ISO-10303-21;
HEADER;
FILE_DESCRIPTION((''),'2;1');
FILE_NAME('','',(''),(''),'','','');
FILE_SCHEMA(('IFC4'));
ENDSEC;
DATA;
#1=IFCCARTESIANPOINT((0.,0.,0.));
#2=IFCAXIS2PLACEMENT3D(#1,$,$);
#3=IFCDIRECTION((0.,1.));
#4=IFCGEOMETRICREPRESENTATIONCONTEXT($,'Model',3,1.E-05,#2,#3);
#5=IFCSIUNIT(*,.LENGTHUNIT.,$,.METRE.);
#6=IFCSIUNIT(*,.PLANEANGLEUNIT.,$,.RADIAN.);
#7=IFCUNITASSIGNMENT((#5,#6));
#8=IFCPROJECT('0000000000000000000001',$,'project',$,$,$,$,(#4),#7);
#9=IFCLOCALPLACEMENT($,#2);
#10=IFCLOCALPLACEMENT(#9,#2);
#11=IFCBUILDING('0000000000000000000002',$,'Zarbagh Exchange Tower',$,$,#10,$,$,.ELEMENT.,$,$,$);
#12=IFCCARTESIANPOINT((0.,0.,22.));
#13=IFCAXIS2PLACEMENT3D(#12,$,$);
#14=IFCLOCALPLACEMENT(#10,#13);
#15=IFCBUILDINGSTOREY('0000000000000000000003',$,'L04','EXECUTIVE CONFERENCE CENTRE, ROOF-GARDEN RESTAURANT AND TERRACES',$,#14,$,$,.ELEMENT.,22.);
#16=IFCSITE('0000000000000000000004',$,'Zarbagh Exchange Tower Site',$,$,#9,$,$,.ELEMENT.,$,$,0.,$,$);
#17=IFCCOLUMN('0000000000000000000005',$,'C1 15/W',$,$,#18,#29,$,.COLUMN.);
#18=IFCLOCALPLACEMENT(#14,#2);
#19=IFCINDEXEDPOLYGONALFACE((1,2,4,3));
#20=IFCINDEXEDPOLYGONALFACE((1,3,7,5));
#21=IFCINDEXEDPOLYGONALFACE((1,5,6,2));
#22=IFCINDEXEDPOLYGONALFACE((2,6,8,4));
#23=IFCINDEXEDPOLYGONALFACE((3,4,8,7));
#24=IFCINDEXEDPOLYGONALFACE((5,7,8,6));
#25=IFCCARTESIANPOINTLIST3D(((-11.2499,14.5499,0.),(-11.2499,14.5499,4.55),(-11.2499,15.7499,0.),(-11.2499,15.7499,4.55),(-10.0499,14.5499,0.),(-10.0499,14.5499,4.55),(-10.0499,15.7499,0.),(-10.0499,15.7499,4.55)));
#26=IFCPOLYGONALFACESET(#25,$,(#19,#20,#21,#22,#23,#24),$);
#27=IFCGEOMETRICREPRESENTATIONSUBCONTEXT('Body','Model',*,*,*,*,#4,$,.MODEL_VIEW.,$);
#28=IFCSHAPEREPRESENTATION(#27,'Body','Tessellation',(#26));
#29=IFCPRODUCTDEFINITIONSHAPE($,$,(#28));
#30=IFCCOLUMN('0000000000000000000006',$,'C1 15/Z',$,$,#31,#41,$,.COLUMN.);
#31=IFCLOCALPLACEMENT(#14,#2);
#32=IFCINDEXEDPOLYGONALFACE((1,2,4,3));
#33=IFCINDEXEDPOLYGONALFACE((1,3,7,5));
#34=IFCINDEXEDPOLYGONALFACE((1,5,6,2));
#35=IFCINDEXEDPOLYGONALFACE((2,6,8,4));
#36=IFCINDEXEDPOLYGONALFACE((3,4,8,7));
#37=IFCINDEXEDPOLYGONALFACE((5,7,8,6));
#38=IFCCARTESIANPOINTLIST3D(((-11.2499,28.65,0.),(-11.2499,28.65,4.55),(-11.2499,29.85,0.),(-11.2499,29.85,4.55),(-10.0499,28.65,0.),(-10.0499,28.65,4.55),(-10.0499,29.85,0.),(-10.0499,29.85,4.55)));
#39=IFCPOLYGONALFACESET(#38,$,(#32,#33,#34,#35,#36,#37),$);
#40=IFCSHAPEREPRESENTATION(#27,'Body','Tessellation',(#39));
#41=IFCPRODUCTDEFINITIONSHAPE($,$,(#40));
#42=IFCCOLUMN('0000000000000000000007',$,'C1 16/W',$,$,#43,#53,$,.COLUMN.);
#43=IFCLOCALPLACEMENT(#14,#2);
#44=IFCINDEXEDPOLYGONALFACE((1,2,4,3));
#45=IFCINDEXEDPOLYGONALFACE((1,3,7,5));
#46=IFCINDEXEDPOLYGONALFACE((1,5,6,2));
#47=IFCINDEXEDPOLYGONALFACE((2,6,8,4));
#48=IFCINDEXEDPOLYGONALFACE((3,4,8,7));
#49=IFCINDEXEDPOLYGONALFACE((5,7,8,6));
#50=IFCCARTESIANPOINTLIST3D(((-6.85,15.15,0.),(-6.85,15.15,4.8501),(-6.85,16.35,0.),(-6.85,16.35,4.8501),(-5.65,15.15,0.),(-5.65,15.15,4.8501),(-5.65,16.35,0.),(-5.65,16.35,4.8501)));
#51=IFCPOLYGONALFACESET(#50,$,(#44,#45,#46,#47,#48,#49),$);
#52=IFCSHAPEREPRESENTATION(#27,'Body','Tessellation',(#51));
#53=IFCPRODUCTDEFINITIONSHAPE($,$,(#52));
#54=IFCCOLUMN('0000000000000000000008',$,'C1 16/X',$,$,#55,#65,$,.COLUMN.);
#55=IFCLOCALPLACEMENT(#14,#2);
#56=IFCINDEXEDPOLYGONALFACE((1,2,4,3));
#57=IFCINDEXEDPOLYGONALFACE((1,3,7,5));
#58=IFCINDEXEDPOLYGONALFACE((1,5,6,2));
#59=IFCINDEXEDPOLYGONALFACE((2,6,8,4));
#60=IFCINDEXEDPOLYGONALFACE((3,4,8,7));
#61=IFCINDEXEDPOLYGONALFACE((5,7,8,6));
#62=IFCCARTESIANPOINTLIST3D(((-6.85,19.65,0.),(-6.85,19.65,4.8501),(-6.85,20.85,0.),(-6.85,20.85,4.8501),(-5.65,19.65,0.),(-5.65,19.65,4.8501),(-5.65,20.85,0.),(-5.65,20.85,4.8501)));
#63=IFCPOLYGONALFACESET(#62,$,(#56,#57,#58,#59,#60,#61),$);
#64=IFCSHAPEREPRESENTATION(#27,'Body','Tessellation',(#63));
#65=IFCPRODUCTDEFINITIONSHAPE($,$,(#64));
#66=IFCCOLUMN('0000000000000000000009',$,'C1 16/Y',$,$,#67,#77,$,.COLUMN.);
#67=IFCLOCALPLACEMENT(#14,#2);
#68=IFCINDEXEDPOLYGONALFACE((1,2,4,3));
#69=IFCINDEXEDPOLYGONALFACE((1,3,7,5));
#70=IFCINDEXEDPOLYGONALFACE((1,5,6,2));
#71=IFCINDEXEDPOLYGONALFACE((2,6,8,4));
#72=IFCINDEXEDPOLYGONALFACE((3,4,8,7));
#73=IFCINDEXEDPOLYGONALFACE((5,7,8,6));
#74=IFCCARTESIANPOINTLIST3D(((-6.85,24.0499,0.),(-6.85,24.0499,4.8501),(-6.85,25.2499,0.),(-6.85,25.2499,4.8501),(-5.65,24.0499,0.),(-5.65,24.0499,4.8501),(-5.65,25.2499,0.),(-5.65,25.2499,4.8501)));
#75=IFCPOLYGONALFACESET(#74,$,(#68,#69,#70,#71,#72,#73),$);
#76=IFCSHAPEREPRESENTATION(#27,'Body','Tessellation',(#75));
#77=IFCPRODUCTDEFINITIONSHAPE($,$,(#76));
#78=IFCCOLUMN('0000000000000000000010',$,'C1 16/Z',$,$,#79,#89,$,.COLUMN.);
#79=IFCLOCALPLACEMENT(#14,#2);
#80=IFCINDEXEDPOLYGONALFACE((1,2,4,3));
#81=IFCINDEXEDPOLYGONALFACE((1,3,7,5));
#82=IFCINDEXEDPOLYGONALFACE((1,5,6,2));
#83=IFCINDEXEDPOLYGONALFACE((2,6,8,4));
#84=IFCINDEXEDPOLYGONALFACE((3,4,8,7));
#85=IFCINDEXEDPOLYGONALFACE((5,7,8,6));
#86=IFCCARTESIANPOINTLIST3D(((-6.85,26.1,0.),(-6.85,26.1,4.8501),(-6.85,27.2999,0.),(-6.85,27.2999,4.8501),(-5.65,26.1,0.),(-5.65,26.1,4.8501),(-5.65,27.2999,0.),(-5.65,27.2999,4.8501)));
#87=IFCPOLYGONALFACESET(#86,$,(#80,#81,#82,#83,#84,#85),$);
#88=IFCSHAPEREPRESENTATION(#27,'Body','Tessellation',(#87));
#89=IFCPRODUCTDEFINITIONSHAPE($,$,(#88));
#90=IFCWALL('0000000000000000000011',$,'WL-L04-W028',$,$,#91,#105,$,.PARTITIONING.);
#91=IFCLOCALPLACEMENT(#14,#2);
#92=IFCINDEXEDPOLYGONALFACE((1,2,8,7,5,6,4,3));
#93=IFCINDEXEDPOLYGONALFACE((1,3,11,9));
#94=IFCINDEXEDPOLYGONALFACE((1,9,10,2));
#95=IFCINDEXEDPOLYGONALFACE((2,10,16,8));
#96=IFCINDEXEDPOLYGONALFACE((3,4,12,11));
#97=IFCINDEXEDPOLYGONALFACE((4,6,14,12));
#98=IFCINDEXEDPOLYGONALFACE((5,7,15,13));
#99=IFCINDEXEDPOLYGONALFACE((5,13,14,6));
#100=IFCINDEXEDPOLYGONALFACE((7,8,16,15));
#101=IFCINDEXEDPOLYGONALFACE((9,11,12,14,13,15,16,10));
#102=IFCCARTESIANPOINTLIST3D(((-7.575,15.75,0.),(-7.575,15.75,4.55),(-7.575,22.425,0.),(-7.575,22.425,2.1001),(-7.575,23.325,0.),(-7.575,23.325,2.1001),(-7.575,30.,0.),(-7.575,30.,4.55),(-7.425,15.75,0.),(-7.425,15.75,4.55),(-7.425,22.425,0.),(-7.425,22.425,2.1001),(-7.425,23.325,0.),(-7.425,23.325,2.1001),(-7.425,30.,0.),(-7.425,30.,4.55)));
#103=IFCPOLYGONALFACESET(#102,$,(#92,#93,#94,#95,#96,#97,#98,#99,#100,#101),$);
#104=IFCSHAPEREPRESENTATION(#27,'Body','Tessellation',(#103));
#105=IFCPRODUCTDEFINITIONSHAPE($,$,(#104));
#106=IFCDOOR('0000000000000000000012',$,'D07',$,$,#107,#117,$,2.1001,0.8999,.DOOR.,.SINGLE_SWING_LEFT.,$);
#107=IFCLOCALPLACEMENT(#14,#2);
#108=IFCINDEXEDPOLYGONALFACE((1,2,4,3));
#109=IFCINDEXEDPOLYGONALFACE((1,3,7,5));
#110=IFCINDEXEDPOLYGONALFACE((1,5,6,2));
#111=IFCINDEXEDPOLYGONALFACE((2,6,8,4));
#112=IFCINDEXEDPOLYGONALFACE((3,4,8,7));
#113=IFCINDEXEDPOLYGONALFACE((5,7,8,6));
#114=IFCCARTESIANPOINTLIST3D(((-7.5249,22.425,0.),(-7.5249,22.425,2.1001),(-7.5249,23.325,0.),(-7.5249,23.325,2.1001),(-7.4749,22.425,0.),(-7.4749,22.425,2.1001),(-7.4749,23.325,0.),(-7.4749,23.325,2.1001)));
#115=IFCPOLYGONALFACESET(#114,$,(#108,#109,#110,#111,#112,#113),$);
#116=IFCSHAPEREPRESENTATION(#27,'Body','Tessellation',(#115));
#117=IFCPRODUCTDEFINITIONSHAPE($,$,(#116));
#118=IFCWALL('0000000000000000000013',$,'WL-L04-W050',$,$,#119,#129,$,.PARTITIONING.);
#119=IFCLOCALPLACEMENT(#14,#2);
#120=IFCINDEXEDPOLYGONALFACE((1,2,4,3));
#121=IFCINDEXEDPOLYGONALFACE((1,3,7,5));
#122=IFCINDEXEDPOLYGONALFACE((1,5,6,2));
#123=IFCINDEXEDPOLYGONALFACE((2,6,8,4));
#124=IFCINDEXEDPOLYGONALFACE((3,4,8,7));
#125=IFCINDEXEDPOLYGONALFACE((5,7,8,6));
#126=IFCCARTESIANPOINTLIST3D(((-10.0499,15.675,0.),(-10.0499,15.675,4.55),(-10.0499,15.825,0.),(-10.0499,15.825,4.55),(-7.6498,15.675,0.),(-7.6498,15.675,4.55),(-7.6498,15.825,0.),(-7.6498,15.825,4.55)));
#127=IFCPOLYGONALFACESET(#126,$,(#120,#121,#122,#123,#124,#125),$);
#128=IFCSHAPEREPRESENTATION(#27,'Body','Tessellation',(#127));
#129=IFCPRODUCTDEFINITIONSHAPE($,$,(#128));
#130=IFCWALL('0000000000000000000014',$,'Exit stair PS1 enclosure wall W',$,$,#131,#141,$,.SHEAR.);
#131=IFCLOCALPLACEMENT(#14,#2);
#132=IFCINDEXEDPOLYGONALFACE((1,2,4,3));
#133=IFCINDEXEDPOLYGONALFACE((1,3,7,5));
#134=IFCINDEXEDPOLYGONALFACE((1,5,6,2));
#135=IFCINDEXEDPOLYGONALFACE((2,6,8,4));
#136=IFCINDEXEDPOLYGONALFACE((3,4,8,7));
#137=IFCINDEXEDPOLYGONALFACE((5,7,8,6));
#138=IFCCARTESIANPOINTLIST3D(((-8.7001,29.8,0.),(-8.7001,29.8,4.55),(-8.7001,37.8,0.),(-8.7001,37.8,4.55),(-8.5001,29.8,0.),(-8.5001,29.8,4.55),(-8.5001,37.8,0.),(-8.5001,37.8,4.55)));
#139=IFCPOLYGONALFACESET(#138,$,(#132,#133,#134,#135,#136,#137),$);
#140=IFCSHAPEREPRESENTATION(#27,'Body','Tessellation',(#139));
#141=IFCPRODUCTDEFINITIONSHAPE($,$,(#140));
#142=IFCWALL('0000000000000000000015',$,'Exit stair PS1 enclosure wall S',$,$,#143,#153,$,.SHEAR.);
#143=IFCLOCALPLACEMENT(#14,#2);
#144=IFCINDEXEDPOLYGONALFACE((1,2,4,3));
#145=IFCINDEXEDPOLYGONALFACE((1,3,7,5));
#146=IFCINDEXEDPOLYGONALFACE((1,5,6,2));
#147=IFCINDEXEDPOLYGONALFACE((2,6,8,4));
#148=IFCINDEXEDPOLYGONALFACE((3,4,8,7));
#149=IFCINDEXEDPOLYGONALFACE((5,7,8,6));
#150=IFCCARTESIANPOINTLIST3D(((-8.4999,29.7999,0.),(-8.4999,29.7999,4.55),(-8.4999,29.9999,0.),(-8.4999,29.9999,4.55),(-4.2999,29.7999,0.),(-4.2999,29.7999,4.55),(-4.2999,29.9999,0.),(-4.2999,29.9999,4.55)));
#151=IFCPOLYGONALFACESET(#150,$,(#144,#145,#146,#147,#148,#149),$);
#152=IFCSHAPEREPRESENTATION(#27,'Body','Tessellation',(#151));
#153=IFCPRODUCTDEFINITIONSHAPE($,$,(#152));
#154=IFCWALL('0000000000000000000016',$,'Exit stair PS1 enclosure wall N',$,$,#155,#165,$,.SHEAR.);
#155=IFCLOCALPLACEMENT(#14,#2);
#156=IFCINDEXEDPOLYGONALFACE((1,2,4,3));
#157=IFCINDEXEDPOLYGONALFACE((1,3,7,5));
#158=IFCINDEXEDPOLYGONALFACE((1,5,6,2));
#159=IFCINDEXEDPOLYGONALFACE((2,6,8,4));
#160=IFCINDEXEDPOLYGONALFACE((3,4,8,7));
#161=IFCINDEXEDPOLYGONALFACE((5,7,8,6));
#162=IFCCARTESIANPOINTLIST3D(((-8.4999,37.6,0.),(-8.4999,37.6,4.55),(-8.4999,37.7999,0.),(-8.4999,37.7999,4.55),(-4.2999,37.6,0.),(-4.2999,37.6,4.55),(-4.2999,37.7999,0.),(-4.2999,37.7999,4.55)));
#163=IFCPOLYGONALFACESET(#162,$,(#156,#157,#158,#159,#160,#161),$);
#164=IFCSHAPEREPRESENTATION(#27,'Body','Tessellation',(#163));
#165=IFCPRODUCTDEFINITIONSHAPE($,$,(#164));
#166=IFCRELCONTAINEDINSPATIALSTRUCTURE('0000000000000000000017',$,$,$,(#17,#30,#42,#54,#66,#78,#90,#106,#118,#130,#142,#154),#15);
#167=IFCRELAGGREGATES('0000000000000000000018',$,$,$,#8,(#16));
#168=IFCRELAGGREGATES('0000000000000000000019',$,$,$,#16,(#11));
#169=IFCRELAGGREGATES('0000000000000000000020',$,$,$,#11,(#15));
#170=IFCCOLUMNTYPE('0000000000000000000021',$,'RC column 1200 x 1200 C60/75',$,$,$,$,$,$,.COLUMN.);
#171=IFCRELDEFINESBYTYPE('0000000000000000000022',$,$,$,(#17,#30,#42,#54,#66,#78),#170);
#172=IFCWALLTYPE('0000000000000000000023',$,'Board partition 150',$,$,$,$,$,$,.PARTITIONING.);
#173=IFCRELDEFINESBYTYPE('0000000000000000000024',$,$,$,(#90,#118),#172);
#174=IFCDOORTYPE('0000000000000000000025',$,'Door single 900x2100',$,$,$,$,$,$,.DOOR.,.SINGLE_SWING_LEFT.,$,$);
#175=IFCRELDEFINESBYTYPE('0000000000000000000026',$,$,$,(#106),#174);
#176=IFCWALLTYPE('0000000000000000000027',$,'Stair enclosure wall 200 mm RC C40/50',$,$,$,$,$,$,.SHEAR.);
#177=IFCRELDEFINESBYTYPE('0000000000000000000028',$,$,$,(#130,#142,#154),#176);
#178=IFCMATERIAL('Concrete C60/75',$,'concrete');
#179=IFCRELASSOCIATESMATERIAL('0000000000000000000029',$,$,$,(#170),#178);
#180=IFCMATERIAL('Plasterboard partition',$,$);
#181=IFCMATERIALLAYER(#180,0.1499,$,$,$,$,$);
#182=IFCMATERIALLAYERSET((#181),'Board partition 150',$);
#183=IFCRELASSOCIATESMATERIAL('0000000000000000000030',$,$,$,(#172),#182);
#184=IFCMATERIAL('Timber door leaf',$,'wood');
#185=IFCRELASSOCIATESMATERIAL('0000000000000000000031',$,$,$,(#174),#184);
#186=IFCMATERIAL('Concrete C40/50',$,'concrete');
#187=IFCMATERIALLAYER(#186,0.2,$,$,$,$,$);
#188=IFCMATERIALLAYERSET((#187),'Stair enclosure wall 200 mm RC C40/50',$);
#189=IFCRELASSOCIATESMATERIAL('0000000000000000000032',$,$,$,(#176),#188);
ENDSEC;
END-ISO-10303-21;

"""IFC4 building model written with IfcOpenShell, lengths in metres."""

from ifc_helpers import new_model, si_unit, direction, frame, frame_2d, origin, origin_2d, place, context, subcontext, project, spatial, rectangle, extrude, material, layer, layer_set, material_profile, profile_set, type_object, element, fill, save


model = new_model("IFC4")

# Units and contexts
model_context = context("Model", 3, precision=1e-05, world=origin(), true_north=direction((0.0, 1.0)))
body_context = subcontext(model_context, "Body", "Model", "MODEL_VIEW")
ifc_project = project(units=[si_unit("LENGTHUNIT", "METRE"), si_unit("PLANEANGLEUNIT", "RADIAN")], contexts=[model_context])

# Site, building, storey
site_placement = place(None, origin())
site = spatial("IfcSite", under=ifc_project, at=site_placement, Name="Zarbagh Exchange Tower Site", CompositionType="ELEMENT", RefElevation=0.0)
building_placement = place(site_placement, origin())
building = spatial("IfcBuilding", under=site, at=building_placement, Name="Zarbagh Exchange Tower", CompositionType="ELEMENT")
storey_placement = place(building_placement, frame((0.0, 0.0, 22.0)))
storey = spatial("IfcBuildingStorey", under=building, at=storey_placement, Name="L04", Description="EXECUTIVE CONFERENCE CENTRE, ROOF-GARDEN RESTAURANT AND TERRACES", CompositionType="ELEMENT", Elevation=22.0)

# Columns
ifc_material_1 = material(Name="Concrete C60/75", Category="concrete")
ifc_material_profile = material_profile(ifc_material_1, rectangle(XDim=1.2, YDim=1.2, at=origin_2d()), Name="RC column 1200 x 1200 C60/75")
ifc_profile_set = profile_set([ifc_material_profile], Name="Concrete C60/75")
column_type = type_object("IfcColumnType", Name="RC column 1200 x 1200 C60/75", PredefinedType="COLUMN", material=ifc_profile_set)
for number, where, z_axis, x_axis, name in (
    (1, (-10.6499, 15.1499, 0.0), (0.0, 0.0, 1.0), (1.0, 0.0, 0.0), "C1 15/W"),
    (2, (-10.6499, 29.25, 0.0), (0.0, 0.0, 1.0), (1.0, 0.0, 0.0), "C1 15/Z"),
):
    element("IfcColumn", number, at=place(storey_placement, frame(where, z_axis=z_axis, x_axis=x_axis)), inside=storey, type_object=column_type, Name=name, PredefinedType="COLUMN", context=body_context, shape_type="SweptSolid", body=[
        extrude(rectangle(XDim=1.2, YDim=1.2, at=origin_2d()), origin(), (0.0, 0.0, 1.0), 4.55),
    ])
for number, where, z_axis, x_axis, name in (
    (3, (-6.25, 15.75, 0.0), (0.0, 0.0, 1.0), (1.0, 0.0, 0.0), "C1 16/W"),
    (4, (-6.25, 20.25, 0.0), (0.0, 0.0, 1.0), (1.0, 0.0, 0.0), "C1 16/X"),
    (5, (-6.25, 24.6499, 0.0), (0.0, 0.0, 1.0), (1.0, 0.0, 0.0), "C1 16/Y"),
    (6, (-6.25, 26.7, 0.0), (0.0, 0.0, 1.0), (1.0, 0.0, 0.0), "C1 16/Z"),
):
    element("IfcColumn", number, at=place(storey_placement, frame(where, z_axis=z_axis, x_axis=x_axis)), inside=storey, type_object=column_type, Name=name, PredefinedType="COLUMN", context=body_context, shape_type="SweptSolid", body=[
        extrude(rectangle(XDim=1.2, YDim=1.2, at=origin_2d()), origin(), (0.0, 0.0, 1.0), 4.8501),
    ])

# Wall, opening, door
ifc_material_2 = material(Name="Plasterboard partition")
ifc_layer_1 = layer(ifc_material_2, 0.1499)
ifc_layer_set_1 = layer_set([ifc_layer_1], Name="Board partition 150")
wall_type_1 = type_object("IfcWallType", Name="Board partition 150", PredefinedType="PARTITIONING", material=ifc_layer_set_1)
wall_1_placement = place(storey_placement, frame((-7.5, 15.75, 0.0), z_axis=(0.0, 0.0, 1.0), x_axis=(0.0, 1.0, 0.0)))
wall_1 = element("IfcWall", 7, at=wall_1_placement, inside=storey, type_object=wall_type_1, Name="WL-L04-W028", PredefinedType="PARTITIONING", context=body_context, shape_type="SweptSolid", body=[
    extrude(rectangle(XDim=14.25, YDim=0.1499, at=frame_2d((7.125, 0.0))), origin(), (0.0, 0.0, 1.0), 4.55),
])
opening_1_placement = place(wall_1_placement, frame((6.675, 0.0, 0.0)))
opening_1 = element("IfcOpeningElement", 8, at=opening_1_placement, cuts=wall_1, PredefinedType="OPENING", context=body_context, shape_type="SweptSolid", body=[
    extrude(rectangle(XDim=0.8999, YDim=2.1001, at=frame_2d((0.45, 1.05))), frame((0.0, 0.085, 0.0), z_axis=(0.0, -1.0, 0.0), x_axis=(1.0, 0.0, 0.0)), (0.0, 0.0, 1.0), 0.1699),
])
ifc_material_3 = material(Name="Timber door leaf", Category="wood")
door_type_1 = type_object("IfcDoorType", Name="Door single 900x2100", OperationType="SINGLE_SWING_LEFT", PredefinedType="DOOR", material=ifc_material_3)
door_1_placement = place(opening_1_placement, origin())
door_1 = element("IfcDoor", 9, at=door_1_placement, inside=storey, type_object=door_type_1, Name="D07", OperationType="SINGLE_SWING_LEFT", OverallHeight=2.1001, OverallWidth=0.8999, PredefinedType="DOOR", context=body_context, shape_type="SweptSolid", body=[
    extrude(rectangle(XDim=0.8999, YDim=2.1001, at=frame_2d((0.45, 1.05))), frame((0.0, 0.0249, 0.0), z_axis=(0.0, -1.0, 0.0), x_axis=(1.0, 0.0, 0.0)), (0.0, 0.0, 1.0), 0.05),
])
fill(opening_1, door_1)

# Walls
wall_2_placement = place(storey_placement, frame((-10.05, 15.75, 0.0), z_axis=(0.0, 0.0, 1.0), x_axis=(1.0, 0.0, 0.0)))
element("IfcWall", 10, at=wall_2_placement, inside=storey, type_object=wall_type_1, Name="WL-L04-W050", PredefinedType="PARTITIONING", context=body_context, shape_type="SweptSolid", body=[
    extrude(rectangle(XDim=2.4001, YDim=0.1499, at=frame_2d((1.2002, 0.0))), origin(), (0.0, 0.0, 1.0), 4.55),
])
ifc_material_4 = material(Name="Concrete C40/50", Category="concrete")
ifc_layer_2 = layer(ifc_material_4, 0.2)
ifc_layer_set_2 = layer_set([ifc_layer_2], Name="Stair enclosure wall 200 mm RC C40/50")
wall_type_2 = type_object("IfcWallType", Name="Stair enclosure wall 200 mm RC C40/50", PredefinedType="SHEAR", material=ifc_layer_set_2)
wall_3_placement = place(storey_placement, frame((-8.6001, 29.8, 0.0), z_axis=(0.0, 0.0, 1.0), x_axis=(0.0, 1.0, 0.0)))
element("IfcWall", 11, at=wall_3_placement, inside=storey, type_object=wall_type_2, Name="Exit stair PS1 enclosure wall W", PredefinedType="SHEAR", context=body_context, shape_type="SweptSolid", body=[
    extrude(rectangle(XDim=8.0, YDim=0.2, at=frame_2d((4.0, 0.0))), origin(), (0.0, 0.0, 1.0), 4.55),
])
for number, where, z_axis, x_axis, name in (
    (12, (-8.5, 29.8999, 0.0), (0.0, 0.0, 1.0), (1.0, 0.0, 0.0), "Exit stair PS1 enclosure wall S"),
    (13, (-8.5, 37.7, 0.0), (0.0, 0.0, 1.0), (1.0, 0.0, 0.0), "Exit stair PS1 enclosure wall N"),
):
    element("IfcWall", number, at=place(storey_placement, frame(where, z_axis=z_axis, x_axis=x_axis)), inside=storey, type_object=wall_type_2, Name=name, PredefinedType="SHEAR", context=body_context, shape_type="SweptSolid", body=[
        extrude(rectangle(XDim=4.2, YDim=0.2, at=frame_2d((2.1001, 0.0))), origin(), (0.0, 0.0, 1.0), 4.55),
    ])

save(model, "model.ifc")
